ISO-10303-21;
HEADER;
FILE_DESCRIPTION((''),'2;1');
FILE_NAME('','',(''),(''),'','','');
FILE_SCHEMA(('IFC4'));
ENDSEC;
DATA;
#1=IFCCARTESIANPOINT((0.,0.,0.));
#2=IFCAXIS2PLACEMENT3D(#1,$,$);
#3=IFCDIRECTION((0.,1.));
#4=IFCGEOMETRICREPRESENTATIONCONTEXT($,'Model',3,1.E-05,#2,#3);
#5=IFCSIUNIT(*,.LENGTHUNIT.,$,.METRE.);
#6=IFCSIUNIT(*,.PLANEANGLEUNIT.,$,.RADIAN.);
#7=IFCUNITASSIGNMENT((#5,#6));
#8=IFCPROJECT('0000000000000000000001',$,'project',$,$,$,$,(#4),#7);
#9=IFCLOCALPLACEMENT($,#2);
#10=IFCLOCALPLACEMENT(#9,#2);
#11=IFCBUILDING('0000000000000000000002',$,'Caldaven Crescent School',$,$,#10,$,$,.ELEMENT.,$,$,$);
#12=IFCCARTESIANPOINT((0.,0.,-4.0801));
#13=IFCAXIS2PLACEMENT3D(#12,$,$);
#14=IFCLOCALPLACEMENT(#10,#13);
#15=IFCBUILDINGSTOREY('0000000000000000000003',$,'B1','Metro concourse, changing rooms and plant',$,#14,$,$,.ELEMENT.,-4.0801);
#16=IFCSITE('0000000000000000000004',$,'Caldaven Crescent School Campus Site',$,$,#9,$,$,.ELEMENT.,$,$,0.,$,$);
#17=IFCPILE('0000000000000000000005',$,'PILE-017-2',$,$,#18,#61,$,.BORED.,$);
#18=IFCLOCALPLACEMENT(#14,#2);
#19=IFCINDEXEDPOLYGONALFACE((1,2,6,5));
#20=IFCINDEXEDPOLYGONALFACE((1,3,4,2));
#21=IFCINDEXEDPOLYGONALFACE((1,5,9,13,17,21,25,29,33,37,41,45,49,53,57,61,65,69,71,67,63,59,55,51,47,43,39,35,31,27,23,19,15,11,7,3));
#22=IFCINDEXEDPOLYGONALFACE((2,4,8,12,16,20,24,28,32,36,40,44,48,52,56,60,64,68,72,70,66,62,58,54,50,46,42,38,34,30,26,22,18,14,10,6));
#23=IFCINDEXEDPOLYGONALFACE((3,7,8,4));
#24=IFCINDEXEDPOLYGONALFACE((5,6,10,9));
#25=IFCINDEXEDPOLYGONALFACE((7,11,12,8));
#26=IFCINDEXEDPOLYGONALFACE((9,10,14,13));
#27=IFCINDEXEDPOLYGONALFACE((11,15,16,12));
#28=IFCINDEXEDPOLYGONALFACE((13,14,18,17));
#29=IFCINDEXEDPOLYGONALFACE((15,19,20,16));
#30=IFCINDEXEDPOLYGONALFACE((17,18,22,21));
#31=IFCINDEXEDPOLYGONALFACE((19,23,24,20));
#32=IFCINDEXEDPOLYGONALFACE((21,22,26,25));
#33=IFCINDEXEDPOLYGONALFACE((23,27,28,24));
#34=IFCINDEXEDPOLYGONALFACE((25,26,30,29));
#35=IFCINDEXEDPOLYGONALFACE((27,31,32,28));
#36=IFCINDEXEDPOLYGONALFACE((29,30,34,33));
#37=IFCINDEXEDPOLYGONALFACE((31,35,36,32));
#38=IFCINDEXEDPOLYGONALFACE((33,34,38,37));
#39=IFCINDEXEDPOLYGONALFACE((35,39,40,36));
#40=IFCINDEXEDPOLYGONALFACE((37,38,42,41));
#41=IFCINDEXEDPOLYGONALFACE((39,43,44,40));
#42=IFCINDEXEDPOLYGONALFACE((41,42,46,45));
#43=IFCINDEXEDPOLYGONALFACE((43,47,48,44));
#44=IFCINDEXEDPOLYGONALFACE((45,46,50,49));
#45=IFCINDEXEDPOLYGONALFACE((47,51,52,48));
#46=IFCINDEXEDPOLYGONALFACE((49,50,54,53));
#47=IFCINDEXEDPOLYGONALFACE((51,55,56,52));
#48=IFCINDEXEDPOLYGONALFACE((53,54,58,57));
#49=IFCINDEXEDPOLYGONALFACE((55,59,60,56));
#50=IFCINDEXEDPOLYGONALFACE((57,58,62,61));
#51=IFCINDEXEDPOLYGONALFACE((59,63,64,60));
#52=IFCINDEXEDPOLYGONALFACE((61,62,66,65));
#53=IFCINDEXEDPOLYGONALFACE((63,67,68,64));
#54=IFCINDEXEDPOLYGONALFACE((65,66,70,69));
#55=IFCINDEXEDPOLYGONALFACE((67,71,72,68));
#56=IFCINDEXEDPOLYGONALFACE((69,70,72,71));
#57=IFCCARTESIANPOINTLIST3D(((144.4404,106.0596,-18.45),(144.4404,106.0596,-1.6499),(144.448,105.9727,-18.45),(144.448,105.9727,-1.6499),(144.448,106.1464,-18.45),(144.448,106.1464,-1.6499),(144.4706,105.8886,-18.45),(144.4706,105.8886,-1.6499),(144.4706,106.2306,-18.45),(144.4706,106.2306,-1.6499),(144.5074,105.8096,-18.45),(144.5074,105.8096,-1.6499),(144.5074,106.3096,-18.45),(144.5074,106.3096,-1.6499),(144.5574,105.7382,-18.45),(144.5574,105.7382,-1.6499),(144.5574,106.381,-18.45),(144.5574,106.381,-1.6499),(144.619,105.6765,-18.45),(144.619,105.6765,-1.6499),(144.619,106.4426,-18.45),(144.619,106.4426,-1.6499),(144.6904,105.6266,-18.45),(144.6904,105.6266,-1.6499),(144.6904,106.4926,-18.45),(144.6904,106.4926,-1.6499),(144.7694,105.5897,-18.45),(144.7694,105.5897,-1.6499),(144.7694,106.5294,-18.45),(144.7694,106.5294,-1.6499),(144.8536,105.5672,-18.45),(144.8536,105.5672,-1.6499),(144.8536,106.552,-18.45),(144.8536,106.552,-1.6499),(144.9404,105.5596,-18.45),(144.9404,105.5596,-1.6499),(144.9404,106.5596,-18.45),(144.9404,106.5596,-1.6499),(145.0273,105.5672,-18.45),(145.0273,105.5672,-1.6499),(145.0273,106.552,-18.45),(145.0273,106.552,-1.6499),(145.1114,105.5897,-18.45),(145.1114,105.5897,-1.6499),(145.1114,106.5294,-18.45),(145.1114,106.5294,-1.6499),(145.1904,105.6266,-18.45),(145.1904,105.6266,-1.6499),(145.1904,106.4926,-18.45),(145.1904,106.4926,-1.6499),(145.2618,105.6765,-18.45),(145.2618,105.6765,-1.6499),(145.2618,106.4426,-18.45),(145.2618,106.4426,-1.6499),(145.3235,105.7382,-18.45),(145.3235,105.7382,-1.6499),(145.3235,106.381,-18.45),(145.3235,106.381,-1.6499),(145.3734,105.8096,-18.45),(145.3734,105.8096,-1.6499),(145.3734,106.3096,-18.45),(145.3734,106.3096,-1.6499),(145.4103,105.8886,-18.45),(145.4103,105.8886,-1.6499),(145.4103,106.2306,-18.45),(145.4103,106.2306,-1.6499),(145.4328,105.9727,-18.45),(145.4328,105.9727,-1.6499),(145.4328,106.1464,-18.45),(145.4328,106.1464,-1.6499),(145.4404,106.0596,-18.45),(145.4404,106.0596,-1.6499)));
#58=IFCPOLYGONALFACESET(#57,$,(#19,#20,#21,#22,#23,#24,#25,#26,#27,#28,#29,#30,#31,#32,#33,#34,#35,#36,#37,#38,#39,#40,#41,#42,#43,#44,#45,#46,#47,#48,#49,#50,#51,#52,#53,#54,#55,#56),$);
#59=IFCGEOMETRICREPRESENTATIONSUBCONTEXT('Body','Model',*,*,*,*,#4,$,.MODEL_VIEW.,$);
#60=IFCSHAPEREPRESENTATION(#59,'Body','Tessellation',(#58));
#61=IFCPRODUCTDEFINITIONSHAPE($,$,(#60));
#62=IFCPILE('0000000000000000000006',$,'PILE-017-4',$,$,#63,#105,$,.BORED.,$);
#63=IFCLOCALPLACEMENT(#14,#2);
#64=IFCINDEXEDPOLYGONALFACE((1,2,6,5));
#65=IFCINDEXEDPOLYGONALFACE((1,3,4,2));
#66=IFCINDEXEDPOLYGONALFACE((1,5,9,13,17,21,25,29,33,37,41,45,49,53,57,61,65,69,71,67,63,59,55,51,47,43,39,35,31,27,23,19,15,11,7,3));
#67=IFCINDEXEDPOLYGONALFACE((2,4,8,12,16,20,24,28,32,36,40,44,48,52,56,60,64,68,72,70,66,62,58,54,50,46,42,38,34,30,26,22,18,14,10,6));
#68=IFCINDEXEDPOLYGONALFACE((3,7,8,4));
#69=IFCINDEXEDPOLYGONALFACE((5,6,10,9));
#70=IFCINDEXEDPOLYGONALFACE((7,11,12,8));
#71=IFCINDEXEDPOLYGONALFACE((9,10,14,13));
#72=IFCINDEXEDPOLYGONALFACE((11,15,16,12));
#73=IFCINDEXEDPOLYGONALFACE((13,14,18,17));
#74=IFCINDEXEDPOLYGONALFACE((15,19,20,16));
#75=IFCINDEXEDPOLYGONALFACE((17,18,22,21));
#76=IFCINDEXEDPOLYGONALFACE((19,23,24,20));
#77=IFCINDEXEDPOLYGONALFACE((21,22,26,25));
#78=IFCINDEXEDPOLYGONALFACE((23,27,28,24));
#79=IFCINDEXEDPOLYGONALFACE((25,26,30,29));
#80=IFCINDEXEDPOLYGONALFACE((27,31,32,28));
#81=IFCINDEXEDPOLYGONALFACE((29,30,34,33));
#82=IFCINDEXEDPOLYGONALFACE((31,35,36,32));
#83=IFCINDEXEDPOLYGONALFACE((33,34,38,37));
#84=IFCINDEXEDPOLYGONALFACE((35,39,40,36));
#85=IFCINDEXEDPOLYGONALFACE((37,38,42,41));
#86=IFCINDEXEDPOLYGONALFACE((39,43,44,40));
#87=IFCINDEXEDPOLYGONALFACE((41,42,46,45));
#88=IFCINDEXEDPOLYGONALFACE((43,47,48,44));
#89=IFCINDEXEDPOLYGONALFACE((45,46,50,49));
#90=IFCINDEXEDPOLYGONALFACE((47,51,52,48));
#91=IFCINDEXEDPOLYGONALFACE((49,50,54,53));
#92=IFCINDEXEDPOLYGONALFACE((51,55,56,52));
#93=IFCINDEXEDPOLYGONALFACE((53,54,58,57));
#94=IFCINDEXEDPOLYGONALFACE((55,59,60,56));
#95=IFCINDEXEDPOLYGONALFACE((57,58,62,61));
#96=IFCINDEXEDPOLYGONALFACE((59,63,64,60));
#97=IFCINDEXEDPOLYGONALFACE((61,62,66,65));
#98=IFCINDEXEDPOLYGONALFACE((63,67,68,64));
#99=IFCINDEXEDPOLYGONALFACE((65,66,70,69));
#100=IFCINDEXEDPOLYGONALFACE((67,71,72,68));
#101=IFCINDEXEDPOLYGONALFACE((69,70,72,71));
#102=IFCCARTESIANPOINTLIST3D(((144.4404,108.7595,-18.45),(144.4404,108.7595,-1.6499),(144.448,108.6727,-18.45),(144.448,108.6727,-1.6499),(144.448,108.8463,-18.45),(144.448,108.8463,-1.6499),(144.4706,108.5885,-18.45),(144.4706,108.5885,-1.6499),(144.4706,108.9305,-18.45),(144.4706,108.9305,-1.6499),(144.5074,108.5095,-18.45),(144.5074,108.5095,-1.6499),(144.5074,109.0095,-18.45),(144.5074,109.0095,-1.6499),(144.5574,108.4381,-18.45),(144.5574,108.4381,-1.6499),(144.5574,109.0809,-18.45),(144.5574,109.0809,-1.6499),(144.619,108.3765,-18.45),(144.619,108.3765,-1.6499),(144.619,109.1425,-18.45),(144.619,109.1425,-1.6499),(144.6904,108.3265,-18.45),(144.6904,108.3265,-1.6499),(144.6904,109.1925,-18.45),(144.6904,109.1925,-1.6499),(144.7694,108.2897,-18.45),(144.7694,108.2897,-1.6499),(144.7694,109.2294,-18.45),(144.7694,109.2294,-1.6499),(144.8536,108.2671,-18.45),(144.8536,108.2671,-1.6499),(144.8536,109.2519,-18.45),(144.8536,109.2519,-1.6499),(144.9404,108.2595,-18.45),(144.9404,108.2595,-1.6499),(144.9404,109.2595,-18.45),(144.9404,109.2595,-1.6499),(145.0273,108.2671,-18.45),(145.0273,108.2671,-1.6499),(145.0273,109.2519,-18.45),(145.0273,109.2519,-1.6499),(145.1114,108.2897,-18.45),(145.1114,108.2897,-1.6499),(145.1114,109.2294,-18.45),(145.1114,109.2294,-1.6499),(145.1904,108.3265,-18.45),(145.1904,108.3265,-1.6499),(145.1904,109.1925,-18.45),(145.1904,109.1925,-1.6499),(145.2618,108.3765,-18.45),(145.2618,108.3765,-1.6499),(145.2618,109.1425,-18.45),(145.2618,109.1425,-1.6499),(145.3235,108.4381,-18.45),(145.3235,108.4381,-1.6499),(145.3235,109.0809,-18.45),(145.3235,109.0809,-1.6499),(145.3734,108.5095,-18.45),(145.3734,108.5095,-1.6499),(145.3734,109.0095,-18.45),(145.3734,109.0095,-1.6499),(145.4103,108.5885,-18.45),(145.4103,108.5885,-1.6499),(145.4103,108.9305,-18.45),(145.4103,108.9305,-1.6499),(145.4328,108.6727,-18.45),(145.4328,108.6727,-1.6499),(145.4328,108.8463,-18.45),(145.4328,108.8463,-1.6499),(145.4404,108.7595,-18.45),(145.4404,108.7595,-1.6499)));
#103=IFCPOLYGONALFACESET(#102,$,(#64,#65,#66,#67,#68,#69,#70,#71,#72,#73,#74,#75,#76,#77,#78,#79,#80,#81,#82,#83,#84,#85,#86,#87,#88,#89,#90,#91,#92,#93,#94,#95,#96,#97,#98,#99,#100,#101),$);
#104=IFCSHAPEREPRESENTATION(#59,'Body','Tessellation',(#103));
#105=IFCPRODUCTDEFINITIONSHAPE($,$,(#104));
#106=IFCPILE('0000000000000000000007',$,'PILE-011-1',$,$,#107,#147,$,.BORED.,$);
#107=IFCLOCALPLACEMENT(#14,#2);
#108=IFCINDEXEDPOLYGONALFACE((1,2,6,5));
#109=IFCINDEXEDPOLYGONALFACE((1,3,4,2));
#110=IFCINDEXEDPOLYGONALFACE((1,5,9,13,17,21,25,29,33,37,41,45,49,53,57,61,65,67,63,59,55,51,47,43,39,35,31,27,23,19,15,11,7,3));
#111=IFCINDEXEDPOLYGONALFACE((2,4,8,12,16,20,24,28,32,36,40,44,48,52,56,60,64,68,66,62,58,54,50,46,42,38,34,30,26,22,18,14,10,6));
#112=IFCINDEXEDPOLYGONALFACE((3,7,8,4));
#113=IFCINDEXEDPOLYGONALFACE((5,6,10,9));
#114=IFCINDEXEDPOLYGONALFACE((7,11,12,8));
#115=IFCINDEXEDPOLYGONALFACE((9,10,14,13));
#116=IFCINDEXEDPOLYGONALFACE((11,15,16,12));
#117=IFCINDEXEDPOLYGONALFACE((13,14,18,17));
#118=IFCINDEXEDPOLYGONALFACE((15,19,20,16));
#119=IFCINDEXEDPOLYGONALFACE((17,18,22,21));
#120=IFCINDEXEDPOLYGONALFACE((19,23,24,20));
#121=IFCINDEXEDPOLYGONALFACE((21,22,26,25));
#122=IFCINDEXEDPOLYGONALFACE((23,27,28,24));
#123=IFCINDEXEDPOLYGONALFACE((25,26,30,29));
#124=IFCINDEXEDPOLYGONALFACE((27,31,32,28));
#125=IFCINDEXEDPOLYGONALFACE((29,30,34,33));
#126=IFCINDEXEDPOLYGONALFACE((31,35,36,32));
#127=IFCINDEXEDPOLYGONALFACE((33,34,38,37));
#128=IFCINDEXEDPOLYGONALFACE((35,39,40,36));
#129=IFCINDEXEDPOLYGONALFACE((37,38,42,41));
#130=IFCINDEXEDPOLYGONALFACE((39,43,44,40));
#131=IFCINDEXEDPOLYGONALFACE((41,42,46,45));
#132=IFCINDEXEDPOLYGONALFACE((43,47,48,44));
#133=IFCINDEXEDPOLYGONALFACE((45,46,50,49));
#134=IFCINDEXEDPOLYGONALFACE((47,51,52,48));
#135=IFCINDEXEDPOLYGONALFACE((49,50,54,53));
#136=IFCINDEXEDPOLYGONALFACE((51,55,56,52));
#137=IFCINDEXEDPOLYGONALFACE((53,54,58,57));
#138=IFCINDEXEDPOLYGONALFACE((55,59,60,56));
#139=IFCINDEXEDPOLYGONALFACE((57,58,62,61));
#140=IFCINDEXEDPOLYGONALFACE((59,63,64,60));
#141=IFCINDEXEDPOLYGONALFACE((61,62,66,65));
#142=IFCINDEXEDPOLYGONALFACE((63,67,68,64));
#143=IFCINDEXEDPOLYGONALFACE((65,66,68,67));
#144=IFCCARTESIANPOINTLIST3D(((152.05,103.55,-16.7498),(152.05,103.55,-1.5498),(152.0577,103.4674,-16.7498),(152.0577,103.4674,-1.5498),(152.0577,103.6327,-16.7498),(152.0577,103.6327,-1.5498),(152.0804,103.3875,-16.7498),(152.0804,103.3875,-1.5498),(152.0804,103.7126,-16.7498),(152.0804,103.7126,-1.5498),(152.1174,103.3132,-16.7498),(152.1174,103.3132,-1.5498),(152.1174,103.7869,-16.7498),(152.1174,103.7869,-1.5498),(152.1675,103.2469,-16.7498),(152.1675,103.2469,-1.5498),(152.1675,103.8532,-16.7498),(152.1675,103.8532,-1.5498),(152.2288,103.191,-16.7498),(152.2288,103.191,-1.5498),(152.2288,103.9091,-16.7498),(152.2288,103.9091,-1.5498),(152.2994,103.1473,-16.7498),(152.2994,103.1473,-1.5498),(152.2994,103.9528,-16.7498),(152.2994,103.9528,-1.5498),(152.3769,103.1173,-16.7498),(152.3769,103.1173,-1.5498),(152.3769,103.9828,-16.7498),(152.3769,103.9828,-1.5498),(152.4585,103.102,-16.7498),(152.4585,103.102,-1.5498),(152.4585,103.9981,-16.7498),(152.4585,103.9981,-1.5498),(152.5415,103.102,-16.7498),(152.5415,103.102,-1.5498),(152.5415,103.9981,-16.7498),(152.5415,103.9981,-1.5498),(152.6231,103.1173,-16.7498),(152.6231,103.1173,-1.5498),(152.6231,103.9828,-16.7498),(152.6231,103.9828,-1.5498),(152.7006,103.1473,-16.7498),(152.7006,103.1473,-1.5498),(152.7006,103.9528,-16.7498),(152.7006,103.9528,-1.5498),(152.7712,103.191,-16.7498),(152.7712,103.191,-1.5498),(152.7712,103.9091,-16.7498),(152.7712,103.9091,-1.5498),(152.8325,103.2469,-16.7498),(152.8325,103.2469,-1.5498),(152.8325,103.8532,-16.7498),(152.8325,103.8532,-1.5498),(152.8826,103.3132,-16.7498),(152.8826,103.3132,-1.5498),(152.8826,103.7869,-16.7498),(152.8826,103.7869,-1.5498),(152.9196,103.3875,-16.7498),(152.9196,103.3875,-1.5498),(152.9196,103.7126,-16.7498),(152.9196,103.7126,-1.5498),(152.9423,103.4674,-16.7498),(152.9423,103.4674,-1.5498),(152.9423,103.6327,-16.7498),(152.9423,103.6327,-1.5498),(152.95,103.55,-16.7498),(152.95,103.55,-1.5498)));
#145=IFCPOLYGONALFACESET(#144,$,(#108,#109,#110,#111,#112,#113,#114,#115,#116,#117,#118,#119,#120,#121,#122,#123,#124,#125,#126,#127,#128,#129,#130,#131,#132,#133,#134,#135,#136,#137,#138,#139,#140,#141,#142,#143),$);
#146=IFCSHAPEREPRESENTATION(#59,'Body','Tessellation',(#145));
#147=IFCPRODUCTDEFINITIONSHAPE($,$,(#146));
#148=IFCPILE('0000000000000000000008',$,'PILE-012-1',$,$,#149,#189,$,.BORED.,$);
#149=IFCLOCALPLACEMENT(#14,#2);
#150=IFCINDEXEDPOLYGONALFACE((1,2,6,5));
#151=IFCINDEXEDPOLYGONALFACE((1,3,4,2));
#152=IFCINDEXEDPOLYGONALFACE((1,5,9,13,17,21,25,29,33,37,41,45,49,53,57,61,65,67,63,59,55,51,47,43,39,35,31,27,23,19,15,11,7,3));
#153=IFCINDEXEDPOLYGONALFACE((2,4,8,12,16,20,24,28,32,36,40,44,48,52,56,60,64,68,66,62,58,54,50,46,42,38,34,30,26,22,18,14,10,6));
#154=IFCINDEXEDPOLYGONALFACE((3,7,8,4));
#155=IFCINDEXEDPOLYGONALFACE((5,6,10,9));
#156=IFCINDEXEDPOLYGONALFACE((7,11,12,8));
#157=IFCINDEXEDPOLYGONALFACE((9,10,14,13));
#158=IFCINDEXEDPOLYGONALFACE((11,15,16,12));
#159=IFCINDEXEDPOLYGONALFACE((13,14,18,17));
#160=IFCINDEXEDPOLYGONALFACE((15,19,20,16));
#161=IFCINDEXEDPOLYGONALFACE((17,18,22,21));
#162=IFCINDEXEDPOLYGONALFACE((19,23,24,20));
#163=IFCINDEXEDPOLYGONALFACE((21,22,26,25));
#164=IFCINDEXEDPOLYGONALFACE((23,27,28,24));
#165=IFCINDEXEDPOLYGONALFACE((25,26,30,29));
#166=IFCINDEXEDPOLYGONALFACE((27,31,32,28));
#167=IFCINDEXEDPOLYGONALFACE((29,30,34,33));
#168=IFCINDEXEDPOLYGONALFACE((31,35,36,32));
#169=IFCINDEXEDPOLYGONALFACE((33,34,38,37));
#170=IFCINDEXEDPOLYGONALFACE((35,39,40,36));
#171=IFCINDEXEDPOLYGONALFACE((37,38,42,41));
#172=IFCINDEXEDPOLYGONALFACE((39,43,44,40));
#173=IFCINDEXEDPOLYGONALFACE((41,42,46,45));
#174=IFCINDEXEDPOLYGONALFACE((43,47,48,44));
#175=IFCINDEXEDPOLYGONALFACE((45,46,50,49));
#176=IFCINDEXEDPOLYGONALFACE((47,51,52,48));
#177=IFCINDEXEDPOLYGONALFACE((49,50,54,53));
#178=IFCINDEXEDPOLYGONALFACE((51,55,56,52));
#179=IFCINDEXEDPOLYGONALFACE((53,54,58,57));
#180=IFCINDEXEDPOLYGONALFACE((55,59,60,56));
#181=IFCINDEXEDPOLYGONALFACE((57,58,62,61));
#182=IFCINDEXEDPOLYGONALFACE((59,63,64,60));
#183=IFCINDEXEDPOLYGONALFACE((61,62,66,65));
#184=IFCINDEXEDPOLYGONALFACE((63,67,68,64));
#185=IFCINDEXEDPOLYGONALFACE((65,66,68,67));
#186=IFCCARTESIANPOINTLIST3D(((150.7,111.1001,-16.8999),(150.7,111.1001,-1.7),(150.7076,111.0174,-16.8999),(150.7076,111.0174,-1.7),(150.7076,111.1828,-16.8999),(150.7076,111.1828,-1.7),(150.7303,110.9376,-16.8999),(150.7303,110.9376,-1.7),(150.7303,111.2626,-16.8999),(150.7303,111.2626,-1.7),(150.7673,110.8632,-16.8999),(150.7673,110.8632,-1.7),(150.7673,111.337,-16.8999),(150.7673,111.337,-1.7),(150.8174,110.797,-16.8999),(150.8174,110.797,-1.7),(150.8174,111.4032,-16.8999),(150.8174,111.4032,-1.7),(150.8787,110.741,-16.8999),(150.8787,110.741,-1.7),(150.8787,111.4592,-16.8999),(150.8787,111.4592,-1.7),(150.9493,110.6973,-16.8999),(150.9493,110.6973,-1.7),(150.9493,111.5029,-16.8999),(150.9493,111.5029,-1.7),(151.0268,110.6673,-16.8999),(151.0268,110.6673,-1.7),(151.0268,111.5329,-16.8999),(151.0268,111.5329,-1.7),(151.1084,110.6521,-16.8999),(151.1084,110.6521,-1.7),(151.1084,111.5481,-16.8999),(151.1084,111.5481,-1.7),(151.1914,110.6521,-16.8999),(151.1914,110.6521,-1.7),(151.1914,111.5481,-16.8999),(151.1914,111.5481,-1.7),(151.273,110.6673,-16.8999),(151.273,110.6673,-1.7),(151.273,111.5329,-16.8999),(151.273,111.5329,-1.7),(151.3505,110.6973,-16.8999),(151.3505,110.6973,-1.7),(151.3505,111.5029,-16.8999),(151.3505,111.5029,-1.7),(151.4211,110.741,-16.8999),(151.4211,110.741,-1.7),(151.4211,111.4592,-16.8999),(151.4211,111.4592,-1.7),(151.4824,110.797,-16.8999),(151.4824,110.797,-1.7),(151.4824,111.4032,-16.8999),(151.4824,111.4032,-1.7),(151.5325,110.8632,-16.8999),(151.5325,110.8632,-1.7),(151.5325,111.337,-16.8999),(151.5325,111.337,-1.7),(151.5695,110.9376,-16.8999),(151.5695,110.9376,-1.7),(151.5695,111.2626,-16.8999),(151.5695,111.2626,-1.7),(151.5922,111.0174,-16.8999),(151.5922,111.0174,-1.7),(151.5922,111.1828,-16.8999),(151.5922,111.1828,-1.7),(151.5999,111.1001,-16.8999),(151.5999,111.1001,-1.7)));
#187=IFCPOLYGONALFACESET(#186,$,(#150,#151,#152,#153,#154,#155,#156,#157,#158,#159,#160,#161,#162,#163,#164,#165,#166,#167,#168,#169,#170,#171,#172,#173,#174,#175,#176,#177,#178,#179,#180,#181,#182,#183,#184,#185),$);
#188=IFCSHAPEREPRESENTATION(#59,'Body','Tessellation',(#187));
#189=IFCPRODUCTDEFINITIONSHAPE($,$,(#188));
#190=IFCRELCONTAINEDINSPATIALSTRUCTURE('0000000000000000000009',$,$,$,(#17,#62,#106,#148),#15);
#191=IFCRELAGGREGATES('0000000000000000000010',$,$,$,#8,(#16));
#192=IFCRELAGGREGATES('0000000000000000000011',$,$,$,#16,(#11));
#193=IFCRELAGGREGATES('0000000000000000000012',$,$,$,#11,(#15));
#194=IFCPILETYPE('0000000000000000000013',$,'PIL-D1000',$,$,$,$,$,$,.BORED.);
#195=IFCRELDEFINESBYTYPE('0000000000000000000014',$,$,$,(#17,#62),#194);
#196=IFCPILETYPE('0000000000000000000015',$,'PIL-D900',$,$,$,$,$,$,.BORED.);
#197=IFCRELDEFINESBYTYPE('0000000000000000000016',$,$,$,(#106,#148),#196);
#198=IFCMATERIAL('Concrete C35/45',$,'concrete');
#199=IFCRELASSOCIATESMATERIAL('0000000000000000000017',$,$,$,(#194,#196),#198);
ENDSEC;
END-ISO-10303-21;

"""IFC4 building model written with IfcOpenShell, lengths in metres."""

from ifc_helpers import new_model, si_unit, direction, frame, origin, origin_2d, place, context, subcontext, project, spatial, circle, extrude, material, material_profile, profile_set, type_object, element, save


model = new_model("IFC4")

# Units and contexts
model_context = context("Model", 3, precision=1e-05, world=origin(), true_north=direction((0.0, 1.0)))
body_context = subcontext(model_context, "Body", "Model", "MODEL_VIEW")
ifc_project = project(units=[si_unit("LENGTHUNIT", "METRE"), si_unit("PLANEANGLEUNIT", "RADIAN")], contexts=[model_context])

# Site, building, storey
site_placement = place(None, origin())
site = spatial("IfcSite", under=ifc_project, at=site_placement, Name="Caldaven Crescent School Campus Site", CompositionType="ELEMENT", RefElevation=0.0)
building_placement = place(site_placement, origin())
building = spatial("IfcBuilding", under=site, at=building_placement, Name="Caldaven Crescent School", CompositionType="ELEMENT")
storey_placement = place(building_placement, frame((0.0, 0.0, -4.0801)))
storey = spatial("IfcBuildingStorey", under=building, at=storey_placement, Name="B1", Description="Metro concourse, changing rooms and plant", CompositionType="ELEMENT", Elevation=-4.0801)

# Shared definitions
ifc_material_1 = material(Name="Concrete C35/45", Category="concrete")

# Piles
ifc_material_profile_1 = material_profile(ifc_material_1, circle(Radius=0.5, at=origin_2d()), Name="PILE D1000")
ifc_profile_set_1 = profile_set([ifc_material_profile_1], Name="Concrete C35/45")
pile_type_1 = type_object("IfcPileType", Name="PIL-D1000", PredefinedType="BORED", material=ifc_profile_set_1)
for number, where, z_axis, x_axis, name in (
    (1, (144.9404, 106.0596, -1.6499), (0.0, 0.0, -1.0), (1.0, 0.0, 0.0), "PILE-017-2"),
    (2, (144.9404, 108.7595, -1.6499), (0.0, 0.0, -1.0), (1.0, 0.0, 0.0), "PILE-017-4"),
):
    element("IfcPile", number, at=place(storey_placement, frame(where, z_axis=z_axis, x_axis=x_axis)), inside=storey, type_object=pile_type_1, Name=name, PredefinedType="BORED", context=body_context, shape_type="SweptSolid", body=[
        extrude(circle(Radius=0.5, at=origin_2d()), origin(), (0.0, 0.0, 1.0), 16.8),
    ])
ifc_material_profile_2 = material_profile(ifc_material_1, circle(Radius=0.45, at=origin_2d()), Name="PILE D900")
ifc_profile_set_2 = profile_set([ifc_material_profile_2], Name="Concrete C35/45")
pile_type_2 = type_object("IfcPileType", Name="PIL-D900", PredefinedType="BORED", material=ifc_profile_set_2)
for number, where, z_axis, x_axis, name in (
    (3, (152.5, 103.55, -1.5498), (0.0, 0.0, -1.0), (1.0, 0.0, 0.0), "PILE-011-1"),
    (4, (151.1499, 111.1001, -1.7), (0.0, 0.0, -1.0), (1.0, 0.0, 0.0), "PILE-012-1"),
):
    element("IfcPile", number, at=place(storey_placement, frame(where, z_axis=z_axis, x_axis=x_axis)), inside=storey, type_object=pile_type_2, Name=name, PredefinedType="BORED", context=body_context, shape_type="SweptSolid", body=[
        extrude(circle(Radius=0.45, at=origin_2d()), origin(), (0.0, 0.0, 1.0), 15.2),
    ])

save(model, "model.ifc")
